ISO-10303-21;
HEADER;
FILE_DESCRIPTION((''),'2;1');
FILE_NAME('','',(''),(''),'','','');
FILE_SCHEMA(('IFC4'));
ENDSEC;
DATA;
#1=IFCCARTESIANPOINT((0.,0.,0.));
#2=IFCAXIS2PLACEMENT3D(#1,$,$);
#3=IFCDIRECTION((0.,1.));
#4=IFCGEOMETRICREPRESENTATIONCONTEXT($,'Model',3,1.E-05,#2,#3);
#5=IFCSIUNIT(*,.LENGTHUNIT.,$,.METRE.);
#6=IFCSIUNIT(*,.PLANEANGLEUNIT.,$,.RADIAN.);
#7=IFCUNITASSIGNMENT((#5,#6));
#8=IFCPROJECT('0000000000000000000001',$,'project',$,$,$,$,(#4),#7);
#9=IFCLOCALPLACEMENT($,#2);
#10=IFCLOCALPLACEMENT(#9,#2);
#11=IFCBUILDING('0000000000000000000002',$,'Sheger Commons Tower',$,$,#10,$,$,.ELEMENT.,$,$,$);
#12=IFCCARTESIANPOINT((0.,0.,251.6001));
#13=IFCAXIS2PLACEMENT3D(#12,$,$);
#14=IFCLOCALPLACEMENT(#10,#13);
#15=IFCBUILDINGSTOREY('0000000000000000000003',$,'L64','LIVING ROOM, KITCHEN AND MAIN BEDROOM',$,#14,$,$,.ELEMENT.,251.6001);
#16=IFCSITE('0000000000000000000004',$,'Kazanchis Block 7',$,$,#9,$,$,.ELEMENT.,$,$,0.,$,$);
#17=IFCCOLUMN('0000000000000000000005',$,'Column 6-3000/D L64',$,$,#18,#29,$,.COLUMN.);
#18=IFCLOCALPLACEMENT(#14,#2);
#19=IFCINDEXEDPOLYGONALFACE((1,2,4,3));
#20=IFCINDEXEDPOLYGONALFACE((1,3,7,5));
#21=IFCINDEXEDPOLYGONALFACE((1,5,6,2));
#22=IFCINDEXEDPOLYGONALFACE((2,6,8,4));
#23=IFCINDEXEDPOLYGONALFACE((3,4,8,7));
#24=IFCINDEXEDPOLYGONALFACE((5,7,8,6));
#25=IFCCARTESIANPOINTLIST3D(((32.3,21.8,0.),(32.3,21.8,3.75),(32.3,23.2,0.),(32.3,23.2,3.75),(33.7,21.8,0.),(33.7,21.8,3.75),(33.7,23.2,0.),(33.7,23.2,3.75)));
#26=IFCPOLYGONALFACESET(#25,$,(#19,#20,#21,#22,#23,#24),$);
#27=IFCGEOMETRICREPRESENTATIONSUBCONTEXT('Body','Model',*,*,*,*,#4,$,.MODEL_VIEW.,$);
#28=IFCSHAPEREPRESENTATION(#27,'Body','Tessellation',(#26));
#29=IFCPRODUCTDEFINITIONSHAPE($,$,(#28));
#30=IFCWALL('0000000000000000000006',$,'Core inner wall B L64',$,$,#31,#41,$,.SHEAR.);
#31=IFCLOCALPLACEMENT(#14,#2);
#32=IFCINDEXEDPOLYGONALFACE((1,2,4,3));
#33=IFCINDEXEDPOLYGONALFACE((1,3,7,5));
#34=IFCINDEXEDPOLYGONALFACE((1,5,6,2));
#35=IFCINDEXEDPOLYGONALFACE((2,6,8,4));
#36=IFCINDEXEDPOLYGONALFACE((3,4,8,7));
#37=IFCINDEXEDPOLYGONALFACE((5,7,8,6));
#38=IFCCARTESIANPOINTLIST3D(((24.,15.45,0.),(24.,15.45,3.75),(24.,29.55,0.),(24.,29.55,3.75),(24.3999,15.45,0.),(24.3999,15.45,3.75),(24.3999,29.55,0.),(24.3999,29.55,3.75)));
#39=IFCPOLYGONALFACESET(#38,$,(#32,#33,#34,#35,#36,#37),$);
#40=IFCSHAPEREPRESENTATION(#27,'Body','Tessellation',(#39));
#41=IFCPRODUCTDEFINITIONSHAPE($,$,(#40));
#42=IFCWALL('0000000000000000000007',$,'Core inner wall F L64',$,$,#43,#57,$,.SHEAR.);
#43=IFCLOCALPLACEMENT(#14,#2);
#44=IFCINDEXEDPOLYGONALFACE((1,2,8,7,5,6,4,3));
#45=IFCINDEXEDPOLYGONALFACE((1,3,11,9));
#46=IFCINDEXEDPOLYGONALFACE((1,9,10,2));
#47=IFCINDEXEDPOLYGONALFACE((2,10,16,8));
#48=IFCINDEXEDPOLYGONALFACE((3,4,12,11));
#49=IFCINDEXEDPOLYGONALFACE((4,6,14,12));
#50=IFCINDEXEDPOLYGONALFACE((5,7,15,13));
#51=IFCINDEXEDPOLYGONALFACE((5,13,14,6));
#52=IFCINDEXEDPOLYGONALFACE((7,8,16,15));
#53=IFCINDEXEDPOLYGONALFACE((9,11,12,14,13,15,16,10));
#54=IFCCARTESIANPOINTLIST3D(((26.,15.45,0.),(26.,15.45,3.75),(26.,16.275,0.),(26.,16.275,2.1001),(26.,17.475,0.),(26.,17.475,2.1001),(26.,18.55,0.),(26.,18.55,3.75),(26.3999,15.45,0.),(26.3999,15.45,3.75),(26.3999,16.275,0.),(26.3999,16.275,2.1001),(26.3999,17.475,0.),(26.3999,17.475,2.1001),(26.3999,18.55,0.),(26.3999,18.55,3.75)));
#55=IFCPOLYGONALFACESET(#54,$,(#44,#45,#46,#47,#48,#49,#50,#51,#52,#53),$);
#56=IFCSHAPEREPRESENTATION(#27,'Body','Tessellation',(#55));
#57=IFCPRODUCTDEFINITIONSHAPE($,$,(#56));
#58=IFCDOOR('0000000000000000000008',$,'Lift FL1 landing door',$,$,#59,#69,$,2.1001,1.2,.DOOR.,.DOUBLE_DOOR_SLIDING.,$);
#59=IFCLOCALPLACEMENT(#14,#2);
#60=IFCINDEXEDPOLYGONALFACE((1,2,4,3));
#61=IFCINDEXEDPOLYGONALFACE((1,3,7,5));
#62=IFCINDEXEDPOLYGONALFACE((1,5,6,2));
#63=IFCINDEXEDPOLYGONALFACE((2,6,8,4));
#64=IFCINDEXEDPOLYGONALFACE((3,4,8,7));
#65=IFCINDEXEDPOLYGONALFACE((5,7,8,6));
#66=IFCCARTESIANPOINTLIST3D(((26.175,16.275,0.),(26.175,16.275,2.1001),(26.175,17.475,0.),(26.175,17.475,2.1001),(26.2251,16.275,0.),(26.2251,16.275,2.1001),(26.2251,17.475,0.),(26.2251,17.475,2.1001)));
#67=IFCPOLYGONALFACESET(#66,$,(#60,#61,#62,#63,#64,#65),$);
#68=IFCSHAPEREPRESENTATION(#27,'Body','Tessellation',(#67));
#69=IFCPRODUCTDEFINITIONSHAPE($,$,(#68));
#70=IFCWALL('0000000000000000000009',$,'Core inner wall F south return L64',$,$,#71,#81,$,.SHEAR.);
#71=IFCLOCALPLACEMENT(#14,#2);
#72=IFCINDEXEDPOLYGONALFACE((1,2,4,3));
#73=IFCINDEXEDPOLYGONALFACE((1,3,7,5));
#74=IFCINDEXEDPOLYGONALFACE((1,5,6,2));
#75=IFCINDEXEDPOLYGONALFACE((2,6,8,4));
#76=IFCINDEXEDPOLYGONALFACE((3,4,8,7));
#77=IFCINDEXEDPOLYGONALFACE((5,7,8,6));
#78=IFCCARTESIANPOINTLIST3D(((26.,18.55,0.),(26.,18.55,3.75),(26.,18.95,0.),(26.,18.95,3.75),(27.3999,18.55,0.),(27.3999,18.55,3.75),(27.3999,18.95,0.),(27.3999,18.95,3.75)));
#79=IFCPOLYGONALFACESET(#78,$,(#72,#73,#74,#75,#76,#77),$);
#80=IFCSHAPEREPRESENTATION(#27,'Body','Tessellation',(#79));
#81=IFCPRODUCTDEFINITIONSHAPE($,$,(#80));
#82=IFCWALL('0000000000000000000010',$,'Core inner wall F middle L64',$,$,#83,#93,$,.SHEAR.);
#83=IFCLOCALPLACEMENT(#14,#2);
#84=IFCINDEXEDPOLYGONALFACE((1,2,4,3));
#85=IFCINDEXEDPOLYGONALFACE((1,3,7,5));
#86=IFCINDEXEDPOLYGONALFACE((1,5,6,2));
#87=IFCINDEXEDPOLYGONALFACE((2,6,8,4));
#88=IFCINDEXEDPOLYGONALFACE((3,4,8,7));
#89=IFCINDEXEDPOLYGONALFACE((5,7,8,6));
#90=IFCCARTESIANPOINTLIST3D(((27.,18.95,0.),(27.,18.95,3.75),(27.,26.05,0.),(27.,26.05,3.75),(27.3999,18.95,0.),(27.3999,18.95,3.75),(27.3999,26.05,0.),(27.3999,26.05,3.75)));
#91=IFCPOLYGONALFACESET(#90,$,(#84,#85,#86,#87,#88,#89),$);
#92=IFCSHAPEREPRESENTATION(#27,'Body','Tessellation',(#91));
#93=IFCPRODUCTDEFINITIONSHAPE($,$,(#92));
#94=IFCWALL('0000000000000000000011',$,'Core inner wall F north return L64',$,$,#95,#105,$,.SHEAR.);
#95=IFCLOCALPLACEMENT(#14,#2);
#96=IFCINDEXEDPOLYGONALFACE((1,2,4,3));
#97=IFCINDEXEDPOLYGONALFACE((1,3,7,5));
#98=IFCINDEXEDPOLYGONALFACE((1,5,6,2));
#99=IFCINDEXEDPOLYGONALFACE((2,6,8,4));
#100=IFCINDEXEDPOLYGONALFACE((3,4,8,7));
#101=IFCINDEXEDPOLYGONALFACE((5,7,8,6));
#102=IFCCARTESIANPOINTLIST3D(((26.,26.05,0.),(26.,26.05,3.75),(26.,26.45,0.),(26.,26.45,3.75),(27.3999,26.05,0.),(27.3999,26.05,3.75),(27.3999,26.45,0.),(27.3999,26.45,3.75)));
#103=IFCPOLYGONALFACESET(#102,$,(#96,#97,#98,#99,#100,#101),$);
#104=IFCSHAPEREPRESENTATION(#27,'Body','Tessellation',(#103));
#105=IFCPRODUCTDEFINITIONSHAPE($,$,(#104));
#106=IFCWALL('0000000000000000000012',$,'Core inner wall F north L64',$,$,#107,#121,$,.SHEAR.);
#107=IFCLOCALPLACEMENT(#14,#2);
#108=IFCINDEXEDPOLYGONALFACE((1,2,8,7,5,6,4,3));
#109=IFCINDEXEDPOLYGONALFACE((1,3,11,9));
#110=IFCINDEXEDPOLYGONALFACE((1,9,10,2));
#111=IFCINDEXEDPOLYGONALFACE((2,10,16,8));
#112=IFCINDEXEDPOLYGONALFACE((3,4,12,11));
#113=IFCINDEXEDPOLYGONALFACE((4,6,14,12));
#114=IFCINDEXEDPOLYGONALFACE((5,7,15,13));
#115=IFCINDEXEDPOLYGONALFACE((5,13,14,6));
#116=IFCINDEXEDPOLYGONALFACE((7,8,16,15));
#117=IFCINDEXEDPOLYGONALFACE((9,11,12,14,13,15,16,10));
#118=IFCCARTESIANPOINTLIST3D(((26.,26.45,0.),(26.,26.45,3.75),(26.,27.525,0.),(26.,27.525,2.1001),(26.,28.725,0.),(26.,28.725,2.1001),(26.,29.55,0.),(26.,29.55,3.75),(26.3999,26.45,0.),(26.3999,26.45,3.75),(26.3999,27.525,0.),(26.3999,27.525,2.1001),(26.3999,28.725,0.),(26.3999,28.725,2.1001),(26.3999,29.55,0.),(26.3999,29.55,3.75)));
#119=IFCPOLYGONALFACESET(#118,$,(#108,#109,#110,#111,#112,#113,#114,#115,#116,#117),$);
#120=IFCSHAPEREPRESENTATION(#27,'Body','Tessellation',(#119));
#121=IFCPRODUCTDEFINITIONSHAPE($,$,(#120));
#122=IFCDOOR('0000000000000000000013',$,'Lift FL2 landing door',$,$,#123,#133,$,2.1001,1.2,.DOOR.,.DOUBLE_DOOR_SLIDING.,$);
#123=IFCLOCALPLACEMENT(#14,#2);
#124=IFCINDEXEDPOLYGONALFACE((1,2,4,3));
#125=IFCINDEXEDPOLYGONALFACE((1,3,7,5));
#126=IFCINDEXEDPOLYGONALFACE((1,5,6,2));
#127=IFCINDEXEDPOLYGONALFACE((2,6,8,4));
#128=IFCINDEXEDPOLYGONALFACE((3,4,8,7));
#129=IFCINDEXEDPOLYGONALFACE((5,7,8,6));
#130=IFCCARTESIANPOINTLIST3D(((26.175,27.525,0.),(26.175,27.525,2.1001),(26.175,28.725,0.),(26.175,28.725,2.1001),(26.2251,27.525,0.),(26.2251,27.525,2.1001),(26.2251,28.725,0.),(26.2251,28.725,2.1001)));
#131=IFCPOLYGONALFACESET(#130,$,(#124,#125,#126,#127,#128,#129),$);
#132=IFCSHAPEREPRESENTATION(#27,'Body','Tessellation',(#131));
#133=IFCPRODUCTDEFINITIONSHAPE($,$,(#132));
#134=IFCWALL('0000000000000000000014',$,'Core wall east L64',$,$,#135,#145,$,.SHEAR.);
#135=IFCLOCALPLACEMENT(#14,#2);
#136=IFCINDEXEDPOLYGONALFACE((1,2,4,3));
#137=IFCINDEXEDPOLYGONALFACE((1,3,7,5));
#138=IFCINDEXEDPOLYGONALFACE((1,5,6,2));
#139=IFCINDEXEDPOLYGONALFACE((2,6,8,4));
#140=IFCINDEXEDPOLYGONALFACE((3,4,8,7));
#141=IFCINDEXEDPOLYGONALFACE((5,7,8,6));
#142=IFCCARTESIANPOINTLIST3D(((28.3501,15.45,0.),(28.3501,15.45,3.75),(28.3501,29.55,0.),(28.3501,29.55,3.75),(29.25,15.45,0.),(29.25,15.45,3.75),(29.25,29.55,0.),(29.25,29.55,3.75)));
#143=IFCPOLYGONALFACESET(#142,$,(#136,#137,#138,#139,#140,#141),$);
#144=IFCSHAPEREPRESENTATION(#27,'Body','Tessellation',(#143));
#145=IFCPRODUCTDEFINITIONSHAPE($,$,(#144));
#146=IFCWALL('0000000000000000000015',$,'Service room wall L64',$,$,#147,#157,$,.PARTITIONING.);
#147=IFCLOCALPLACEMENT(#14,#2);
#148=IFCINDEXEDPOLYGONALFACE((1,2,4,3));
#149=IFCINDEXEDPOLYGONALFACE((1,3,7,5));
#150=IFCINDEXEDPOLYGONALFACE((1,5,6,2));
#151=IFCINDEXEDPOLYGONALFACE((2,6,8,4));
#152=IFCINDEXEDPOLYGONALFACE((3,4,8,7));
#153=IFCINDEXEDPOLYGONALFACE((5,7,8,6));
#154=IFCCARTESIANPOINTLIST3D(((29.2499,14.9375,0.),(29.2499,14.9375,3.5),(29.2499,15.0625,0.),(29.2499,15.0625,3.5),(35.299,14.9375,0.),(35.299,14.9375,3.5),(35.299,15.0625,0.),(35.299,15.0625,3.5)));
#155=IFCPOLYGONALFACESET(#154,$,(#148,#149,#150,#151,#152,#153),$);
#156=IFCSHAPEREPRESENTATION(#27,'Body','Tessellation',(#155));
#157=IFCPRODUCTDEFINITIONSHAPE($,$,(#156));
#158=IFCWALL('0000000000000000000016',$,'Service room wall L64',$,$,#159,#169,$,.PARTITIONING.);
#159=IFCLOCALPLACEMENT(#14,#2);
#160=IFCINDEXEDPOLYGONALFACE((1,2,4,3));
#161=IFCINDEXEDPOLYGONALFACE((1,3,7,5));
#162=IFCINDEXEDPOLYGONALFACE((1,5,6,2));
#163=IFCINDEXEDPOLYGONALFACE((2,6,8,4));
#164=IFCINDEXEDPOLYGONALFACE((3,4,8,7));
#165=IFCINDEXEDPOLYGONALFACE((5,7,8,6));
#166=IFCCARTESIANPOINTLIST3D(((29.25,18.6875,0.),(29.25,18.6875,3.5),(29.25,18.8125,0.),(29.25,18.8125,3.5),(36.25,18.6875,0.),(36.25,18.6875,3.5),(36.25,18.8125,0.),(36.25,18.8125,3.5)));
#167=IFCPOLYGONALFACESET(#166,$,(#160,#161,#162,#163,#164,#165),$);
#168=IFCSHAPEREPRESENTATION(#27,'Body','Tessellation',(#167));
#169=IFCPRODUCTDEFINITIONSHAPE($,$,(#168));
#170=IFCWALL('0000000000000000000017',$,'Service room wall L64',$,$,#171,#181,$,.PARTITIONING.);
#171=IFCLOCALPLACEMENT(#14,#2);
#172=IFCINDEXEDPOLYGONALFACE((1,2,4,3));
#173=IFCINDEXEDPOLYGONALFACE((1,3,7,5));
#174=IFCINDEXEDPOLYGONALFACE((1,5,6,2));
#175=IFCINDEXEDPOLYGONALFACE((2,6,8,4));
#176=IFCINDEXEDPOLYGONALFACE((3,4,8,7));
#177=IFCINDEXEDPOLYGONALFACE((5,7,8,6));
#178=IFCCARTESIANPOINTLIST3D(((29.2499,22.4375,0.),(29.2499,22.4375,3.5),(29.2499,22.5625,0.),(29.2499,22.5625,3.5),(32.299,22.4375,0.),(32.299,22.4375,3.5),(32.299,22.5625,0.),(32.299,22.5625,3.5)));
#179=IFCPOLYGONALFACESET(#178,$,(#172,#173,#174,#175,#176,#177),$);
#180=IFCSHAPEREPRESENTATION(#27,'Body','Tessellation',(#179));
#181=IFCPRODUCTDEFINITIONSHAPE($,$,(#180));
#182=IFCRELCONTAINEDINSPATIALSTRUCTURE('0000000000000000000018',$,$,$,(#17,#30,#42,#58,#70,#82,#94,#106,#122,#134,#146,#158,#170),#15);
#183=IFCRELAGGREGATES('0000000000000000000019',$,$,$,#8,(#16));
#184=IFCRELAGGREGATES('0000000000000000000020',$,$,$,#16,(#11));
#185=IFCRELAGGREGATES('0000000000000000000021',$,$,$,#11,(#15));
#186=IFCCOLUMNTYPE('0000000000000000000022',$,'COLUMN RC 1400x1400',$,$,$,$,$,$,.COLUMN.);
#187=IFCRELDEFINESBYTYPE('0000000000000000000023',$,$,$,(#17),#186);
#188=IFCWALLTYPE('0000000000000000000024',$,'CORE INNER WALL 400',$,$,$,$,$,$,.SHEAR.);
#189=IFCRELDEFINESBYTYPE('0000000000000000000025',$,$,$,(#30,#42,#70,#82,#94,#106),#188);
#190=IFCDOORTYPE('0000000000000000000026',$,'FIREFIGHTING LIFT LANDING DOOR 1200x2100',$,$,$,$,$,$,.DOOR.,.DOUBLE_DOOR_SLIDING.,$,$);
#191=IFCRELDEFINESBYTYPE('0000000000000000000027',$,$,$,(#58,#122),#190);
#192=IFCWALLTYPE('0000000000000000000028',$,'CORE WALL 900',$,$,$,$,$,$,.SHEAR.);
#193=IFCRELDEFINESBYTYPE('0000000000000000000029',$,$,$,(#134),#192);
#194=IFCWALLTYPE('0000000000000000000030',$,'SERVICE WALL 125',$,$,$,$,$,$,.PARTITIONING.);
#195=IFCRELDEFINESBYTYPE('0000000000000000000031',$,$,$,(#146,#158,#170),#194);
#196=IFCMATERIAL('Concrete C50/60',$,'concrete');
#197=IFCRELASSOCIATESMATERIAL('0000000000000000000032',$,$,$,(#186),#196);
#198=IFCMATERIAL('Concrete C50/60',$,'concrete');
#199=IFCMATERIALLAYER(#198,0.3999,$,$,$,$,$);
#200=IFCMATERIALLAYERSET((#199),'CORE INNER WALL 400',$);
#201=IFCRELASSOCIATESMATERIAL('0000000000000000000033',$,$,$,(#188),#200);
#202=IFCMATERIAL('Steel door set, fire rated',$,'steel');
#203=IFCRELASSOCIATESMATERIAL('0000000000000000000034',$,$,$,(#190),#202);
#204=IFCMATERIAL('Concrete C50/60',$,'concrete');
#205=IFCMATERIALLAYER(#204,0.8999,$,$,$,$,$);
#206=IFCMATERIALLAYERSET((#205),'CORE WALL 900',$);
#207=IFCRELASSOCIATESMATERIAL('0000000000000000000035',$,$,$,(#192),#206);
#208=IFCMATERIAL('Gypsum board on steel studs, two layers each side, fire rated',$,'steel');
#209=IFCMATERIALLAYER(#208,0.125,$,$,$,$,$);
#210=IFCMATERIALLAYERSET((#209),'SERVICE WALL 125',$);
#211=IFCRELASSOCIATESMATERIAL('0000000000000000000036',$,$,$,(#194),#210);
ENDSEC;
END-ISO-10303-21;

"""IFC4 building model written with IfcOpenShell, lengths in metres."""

from ifc_helpers import new_model, si_unit, direction, frame, frame_2d, origin, origin_2d, place, context, subcontext, project, spatial, rectangle, extrude, material, layer, layer_set, material_profile, profile_set, type_object, element, fill, save


model = new_model("IFC4")

# Units and contexts
model_context = context("Model", 3, precision=1e-05, world=origin(), true_north=direction((0.0, 1.0)))
body_context = subcontext(model_context, "Body", "Model", "MODEL_VIEW")
ifc_project = project(units=[si_unit("LENGTHUNIT", "METRE"), si_unit("PLANEANGLEUNIT", "RADIAN")], contexts=[model_context])

# Site, building, storey
site_placement = place(None, origin())
site = spatial("IfcSite", under=ifc_project, at=site_placement, Name="Kazanchis Block 7", CompositionType="ELEMENT", RefElevation=0.0)
building_placement = place(site_placement, origin())
building = spatial("IfcBuilding", under=site, at=building_placement, Name="Sheger Commons Tower", CompositionType="ELEMENT")
storey_placement = place(building_placement, frame((0.0, 0.0, 251.6001)))
storey = spatial("IfcBuildingStorey", under=building, at=storey_placement, Name="L64", Description="LIVING ROOM, KITCHEN AND MAIN BEDROOM", CompositionType="ELEMENT", Elevation=251.6001)

# Column
ifc_material_1 = material(Name="Concrete C50/60", Category="concrete")
ifc_material_profile = material_profile(ifc_material_1, rectangle(XDim=1.3999, YDim=1.3999, at=origin_2d()), Name="RC 1400x1400")
ifc_profile_set = profile_set([ifc_material_profile], Name="Concrete C50/60")
column_type = type_object("IfcColumnType", Name="COLUMN RC 1400x1400", PredefinedType="COLUMN", material=ifc_profile_set)
column_placement = place(storey_placement, frame((33.0, 22.5, 0.0), z_axis=(0.0, 0.0, 1.0), x_axis=(1.0, 0.0, 0.0)))
element("IfcColumn", 1, at=column_placement, inside=storey, type_object=column_type, Name="Column 6-3000/D L64", PredefinedType="COLUMN", context=body_context, shape_type="SweptSolid", body=[
    extrude(rectangle(XDim=1.3999, YDim=1.3999, at=origin_2d()), origin(), (0.0, 0.0, 1.0), 3.75),
])

# Wall
ifc_material_2 = material(Name="Concrete C50/60", Category="concrete")
ifc_layer_1 = layer(ifc_material_2, 0.3999)
ifc_layer_set_1 = layer_set([ifc_layer_1], Name="CORE INNER WALL 400")
wall_type_1 = type_object("IfcWallType", Name="CORE INNER WALL 400", PredefinedType="SHEAR", material=ifc_layer_set_1)
wall_1_placement = place(storey_placement, frame((24.2, 15.45, 0.0), z_axis=(0.0, 0.0, 1.0), x_axis=(0.0, 1.0, 0.0)))
element("IfcWall", 2, at=wall_1_placement, inside=storey, type_object=wall_type_1, Name="Core inner wall B L64", PredefinedType="SHEAR", context=body_context, shape_type="SweptSolid", body=[
    extrude(rectangle(XDim=14.1001, YDim=0.3999, at=frame_2d((7.05, 0.0))), origin(), (0.0, 0.0, 1.0), 3.75),
])

# Wall, opening, door
wall_2_placement = place(storey_placement, frame((26.2, 15.45, 0.0), z_axis=(0.0, 0.0, 1.0), x_axis=(0.0, 1.0, 0.0)))
wall_2 = element("IfcWall", 3, at=wall_2_placement, inside=storey, type_object=wall_type_1, Name="Core inner wall F L64", PredefinedType="SHEAR", context=body_context, shape_type="SweptSolid", body=[
    extrude(rectangle(XDim=3.1001, YDim=0.3999, at=frame_2d((1.55, 0.0))), origin(), (0.0, 0.0, 1.0), 3.75),
])
opening_1_placement = place(wall_2_placement, frame((0.825, 0.0, 0.0)))
opening_1 = element("IfcOpeningElement", 4, at=opening_1_placement, cuts=wall_2, PredefinedType="OPENING", context=body_context, shape_type="SweptSolid", body=[
    extrude(rectangle(XDim=1.2, YDim=2.1001, at=frame_2d((0.6001, 1.05))), frame((0.0, 0.21, 0.0), z_axis=(0.0, -1.0, 0.0), x_axis=(1.0, 0.0, 0.0)), (0.0, 0.0, 1.0), 0.4199),
])
ifc_material_3 = material(Name="Steel door set, fire rated", Category="steel")
door_type = type_object("IfcDoorType", Name="FIREFIGHTING LIFT LANDING DOOR 1200x2100", OperationType="DOUBLE_DOOR_SLIDING", PredefinedType="DOOR", material=ifc_material_3)
door_1_placement = place(opening_1_placement, origin())
door_1 = element("IfcDoor", 5, at=door_1_placement, inside=storey, type_object=door_type, Name="Lift FL1 landing door", OperationType="DOUBLE_DOOR_SLIDING", OverallHeight=2.1001, OverallWidth=1.2, PredefinedType="DOOR", context=body_context, shape_type="SweptSolid", body=[
    extrude(rectangle(XDim=1.2, YDim=2.1001, at=frame_2d((0.6001, 1.05))), frame((0.0, 0.0249, 0.0), z_axis=(0.0, -1.0, 0.0), x_axis=(1.0, 0.0, 0.0)), (0.0, 0.0, 1.0), 0.05),
])
fill(opening_1, door_1)

# Walls
wall_3_placement = place(storey_placement, frame((26.0, 18.75, 0.0), z_axis=(0.0, 0.0, 1.0), x_axis=(1.0, 0.0, 0.0)))
element("IfcWall", 6, at=wall_3_placement, inside=storey, type_object=wall_type_1, Name="Core inner wall F south return L64", PredefinedType="SHEAR", context=body_context, shape_type="SweptSolid", body=[
    extrude(rectangle(XDim=1.3999, YDim=0.3999, at=frame_2d((0.7, 0.0))), origin(), (0.0, 0.0, 1.0), 3.75),
])
wall_4_placement = place(storey_placement, frame((27.2, 18.95, 0.0), z_axis=(0.0, 0.0, 1.0), x_axis=(0.0, 1.0, 0.0)))
element("IfcWall", 7, at=wall_4_placement, inside=storey, type_object=wall_type_1, Name="Core inner wall F middle L64", PredefinedType="SHEAR", context=body_context, shape_type="SweptSolid", body=[
    extrude(rectangle(XDim=7.1001, YDim=0.3999, at=frame_2d((3.55, 0.0))), origin(), (0.0, 0.0, 1.0), 3.75),
])
wall_5_placement = place(storey_placement, frame((26.0, 26.25, 0.0), z_axis=(0.0, 0.0, 1.0), x_axis=(1.0, 0.0, 0.0)))
element("IfcWall", 8, at=wall_5_placement, inside=storey, type_object=wall_type_1, Name="Core inner wall F north return L64", PredefinedType="SHEAR", context=body_context, shape_type="SweptSolid", body=[
    extrude(rectangle(XDim=1.3999, YDim=0.3999, at=frame_2d((0.7, 0.0))), origin(), (0.0, 0.0, 1.0), 3.75),
])

# Wall, opening, door
wall_6_placement = place(storey_placement, frame((26.2, 26.45, 0.0), z_axis=(0.0, 0.0, 1.0), x_axis=(0.0, 1.0, 0.0)))
wall_6 = element("IfcWall", 9, at=wall_6_placement, inside=storey, type_object=wall_type_1, Name="Core inner wall F north L64", PredefinedType="SHEAR", context=body_context, shape_type="SweptSolid", body=[
    extrude(rectangle(XDim=3.1001, YDim=0.3999, at=frame_2d((1.55, 0.0))), origin(), (0.0, 0.0, 1.0), 3.75),
])
opening_2_placement = place(wall_6_placement, frame((1.075, 0.0, 0.0)))
opening_2 = element("IfcOpeningElement", 10, at=opening_2_placement, cuts=wall_6, PredefinedType="OPENING", context=body_context, shape_type="SweptSolid", body=[
    extrude(rectangle(XDim=1.2, YDim=2.1001, at=frame_2d((0.6001, 1.05))), frame((0.0, 0.21, 0.0), z_axis=(0.0, -1.0, 0.0), x_axis=(1.0, 0.0, 0.0)), (0.0, 0.0, 1.0), 0.4199),
])
door_2_placement = place(opening_2_placement, origin())
door_2 = element("IfcDoor", 11, at=door_2_placement, inside=storey, type_object=door_type, Name="Lift FL2 landing door", OperationType="DOUBLE_DOOR_SLIDING", OverallHeight=2.1001, OverallWidth=1.2, PredefinedType="DOOR", context=body_context, shape_type="SweptSolid", body=[
    extrude(rectangle(XDim=1.2, YDim=2.1001, at=frame_2d((0.6001, 1.05))), frame((0.0, 0.0249, 0.0), z_axis=(0.0, -1.0, 0.0), x_axis=(1.0, 0.0, 0.0)), (0.0, 0.0, 1.0), 0.05),
])
fill(opening_2, door_2)

# Walls
ifc_material_4 = material(Name="Concrete C50/60", Category="concrete")
ifc_layer_2 = layer(ifc_material_4, 0.8999)
ifc_layer_set_2 = layer_set([ifc_layer_2], Name="CORE WALL 900")
wall_type_2 = type_object("IfcWallType", Name="CORE WALL 900", PredefinedType="SHEAR", material=ifc_layer_set_2)
wall_7_placement = place(storey_placement, frame((28.8, 15.45, 0.0), z_axis=(0.0, 0.0, 1.0), x_axis=(0.0, 1.0, 0.0)))
element("IfcWall", 12, at=wall_7_placement, inside=storey, type_object=wall_type_2, Name="Core wall east L64", PredefinedType="SHEAR", context=body_context, shape_type="SweptSolid", body=[
    extrude(rectangle(XDim=14.1001, YDim=0.8999, at=frame_2d((7.05, 0.0))), origin(), (0.0, 0.0, 1.0), 3.75),
])
ifc_material_5 = material(Name="Gypsum board on steel studs, two layers each side, fire rated", Category="steel")
ifc_layer_3 = layer(ifc_material_5, 0.125)
ifc_layer_set_3 = layer_set([ifc_layer_3], Name="SERVICE WALL 125")
wall_type_3 = type_object("IfcWallType", Name="SERVICE WALL 125", PredefinedType="PARTITIONING", material=ifc_layer_set_3)
wall_8_placement = place(storey_placement, frame((29.25, 15.0, 0.0), z_axis=(0.0, 0.0, 1.0), x_axis=(1.0, 0.0, 0.0)))
element("IfcWall", 13, at=wall_8_placement, inside=storey, type_object=wall_type_3, Name="Service room wall L64", PredefinedType="PARTITIONING", context=body_context, shape_type="SweptSolid", body=[
    extrude(rectangle(XDim=6.0491, YDim=0.125, at=frame_2d((3.0244, 0.0))), origin(), (0.0, 0.0, 1.0), 3.5),
])
wall_9_placement = place(storey_placement, frame((29.25, 18.75, 0.0), z_axis=(0.0, 0.0, 1.0), x_axis=(1.0, 0.0, 0.0)))
element("IfcWall", 14, at=wall_9_placement, inside=storey, type_object=wall_type_3, Name="Service room wall L64", PredefinedType="PARTITIONING", context=body_context, shape_type="SweptSolid", body=[
    extrude(rectangle(XDim=7.0, YDim=0.125, at=frame_2d((3.5, 0.0))), origin(), (0.0, 0.0, 1.0), 3.5),
])
for number, where, z_axis, x_axis, name in (
    (15, (29.25, 22.5, 0.0), (0.0, 0.0, 1.0), (1.0, 0.0, 0.0), "Service room wall L64"),
):
    element("IfcWall", number, at=place(storey_placement, frame(where, z_axis=z_axis, x_axis=x_axis)), inside=storey, type_object=wall_type_3, Name=name, PredefinedType="PARTITIONING", context=body_context, shape_type="SweptSolid", body=[
        extrude(rectangle(XDim=3.0491, YDim=0.125, at=frame_2d((1.5244, 0.0))), origin(), (0.0, 0.0, 1.0), 3.5),
    ])

save(model, "model.ifc")
